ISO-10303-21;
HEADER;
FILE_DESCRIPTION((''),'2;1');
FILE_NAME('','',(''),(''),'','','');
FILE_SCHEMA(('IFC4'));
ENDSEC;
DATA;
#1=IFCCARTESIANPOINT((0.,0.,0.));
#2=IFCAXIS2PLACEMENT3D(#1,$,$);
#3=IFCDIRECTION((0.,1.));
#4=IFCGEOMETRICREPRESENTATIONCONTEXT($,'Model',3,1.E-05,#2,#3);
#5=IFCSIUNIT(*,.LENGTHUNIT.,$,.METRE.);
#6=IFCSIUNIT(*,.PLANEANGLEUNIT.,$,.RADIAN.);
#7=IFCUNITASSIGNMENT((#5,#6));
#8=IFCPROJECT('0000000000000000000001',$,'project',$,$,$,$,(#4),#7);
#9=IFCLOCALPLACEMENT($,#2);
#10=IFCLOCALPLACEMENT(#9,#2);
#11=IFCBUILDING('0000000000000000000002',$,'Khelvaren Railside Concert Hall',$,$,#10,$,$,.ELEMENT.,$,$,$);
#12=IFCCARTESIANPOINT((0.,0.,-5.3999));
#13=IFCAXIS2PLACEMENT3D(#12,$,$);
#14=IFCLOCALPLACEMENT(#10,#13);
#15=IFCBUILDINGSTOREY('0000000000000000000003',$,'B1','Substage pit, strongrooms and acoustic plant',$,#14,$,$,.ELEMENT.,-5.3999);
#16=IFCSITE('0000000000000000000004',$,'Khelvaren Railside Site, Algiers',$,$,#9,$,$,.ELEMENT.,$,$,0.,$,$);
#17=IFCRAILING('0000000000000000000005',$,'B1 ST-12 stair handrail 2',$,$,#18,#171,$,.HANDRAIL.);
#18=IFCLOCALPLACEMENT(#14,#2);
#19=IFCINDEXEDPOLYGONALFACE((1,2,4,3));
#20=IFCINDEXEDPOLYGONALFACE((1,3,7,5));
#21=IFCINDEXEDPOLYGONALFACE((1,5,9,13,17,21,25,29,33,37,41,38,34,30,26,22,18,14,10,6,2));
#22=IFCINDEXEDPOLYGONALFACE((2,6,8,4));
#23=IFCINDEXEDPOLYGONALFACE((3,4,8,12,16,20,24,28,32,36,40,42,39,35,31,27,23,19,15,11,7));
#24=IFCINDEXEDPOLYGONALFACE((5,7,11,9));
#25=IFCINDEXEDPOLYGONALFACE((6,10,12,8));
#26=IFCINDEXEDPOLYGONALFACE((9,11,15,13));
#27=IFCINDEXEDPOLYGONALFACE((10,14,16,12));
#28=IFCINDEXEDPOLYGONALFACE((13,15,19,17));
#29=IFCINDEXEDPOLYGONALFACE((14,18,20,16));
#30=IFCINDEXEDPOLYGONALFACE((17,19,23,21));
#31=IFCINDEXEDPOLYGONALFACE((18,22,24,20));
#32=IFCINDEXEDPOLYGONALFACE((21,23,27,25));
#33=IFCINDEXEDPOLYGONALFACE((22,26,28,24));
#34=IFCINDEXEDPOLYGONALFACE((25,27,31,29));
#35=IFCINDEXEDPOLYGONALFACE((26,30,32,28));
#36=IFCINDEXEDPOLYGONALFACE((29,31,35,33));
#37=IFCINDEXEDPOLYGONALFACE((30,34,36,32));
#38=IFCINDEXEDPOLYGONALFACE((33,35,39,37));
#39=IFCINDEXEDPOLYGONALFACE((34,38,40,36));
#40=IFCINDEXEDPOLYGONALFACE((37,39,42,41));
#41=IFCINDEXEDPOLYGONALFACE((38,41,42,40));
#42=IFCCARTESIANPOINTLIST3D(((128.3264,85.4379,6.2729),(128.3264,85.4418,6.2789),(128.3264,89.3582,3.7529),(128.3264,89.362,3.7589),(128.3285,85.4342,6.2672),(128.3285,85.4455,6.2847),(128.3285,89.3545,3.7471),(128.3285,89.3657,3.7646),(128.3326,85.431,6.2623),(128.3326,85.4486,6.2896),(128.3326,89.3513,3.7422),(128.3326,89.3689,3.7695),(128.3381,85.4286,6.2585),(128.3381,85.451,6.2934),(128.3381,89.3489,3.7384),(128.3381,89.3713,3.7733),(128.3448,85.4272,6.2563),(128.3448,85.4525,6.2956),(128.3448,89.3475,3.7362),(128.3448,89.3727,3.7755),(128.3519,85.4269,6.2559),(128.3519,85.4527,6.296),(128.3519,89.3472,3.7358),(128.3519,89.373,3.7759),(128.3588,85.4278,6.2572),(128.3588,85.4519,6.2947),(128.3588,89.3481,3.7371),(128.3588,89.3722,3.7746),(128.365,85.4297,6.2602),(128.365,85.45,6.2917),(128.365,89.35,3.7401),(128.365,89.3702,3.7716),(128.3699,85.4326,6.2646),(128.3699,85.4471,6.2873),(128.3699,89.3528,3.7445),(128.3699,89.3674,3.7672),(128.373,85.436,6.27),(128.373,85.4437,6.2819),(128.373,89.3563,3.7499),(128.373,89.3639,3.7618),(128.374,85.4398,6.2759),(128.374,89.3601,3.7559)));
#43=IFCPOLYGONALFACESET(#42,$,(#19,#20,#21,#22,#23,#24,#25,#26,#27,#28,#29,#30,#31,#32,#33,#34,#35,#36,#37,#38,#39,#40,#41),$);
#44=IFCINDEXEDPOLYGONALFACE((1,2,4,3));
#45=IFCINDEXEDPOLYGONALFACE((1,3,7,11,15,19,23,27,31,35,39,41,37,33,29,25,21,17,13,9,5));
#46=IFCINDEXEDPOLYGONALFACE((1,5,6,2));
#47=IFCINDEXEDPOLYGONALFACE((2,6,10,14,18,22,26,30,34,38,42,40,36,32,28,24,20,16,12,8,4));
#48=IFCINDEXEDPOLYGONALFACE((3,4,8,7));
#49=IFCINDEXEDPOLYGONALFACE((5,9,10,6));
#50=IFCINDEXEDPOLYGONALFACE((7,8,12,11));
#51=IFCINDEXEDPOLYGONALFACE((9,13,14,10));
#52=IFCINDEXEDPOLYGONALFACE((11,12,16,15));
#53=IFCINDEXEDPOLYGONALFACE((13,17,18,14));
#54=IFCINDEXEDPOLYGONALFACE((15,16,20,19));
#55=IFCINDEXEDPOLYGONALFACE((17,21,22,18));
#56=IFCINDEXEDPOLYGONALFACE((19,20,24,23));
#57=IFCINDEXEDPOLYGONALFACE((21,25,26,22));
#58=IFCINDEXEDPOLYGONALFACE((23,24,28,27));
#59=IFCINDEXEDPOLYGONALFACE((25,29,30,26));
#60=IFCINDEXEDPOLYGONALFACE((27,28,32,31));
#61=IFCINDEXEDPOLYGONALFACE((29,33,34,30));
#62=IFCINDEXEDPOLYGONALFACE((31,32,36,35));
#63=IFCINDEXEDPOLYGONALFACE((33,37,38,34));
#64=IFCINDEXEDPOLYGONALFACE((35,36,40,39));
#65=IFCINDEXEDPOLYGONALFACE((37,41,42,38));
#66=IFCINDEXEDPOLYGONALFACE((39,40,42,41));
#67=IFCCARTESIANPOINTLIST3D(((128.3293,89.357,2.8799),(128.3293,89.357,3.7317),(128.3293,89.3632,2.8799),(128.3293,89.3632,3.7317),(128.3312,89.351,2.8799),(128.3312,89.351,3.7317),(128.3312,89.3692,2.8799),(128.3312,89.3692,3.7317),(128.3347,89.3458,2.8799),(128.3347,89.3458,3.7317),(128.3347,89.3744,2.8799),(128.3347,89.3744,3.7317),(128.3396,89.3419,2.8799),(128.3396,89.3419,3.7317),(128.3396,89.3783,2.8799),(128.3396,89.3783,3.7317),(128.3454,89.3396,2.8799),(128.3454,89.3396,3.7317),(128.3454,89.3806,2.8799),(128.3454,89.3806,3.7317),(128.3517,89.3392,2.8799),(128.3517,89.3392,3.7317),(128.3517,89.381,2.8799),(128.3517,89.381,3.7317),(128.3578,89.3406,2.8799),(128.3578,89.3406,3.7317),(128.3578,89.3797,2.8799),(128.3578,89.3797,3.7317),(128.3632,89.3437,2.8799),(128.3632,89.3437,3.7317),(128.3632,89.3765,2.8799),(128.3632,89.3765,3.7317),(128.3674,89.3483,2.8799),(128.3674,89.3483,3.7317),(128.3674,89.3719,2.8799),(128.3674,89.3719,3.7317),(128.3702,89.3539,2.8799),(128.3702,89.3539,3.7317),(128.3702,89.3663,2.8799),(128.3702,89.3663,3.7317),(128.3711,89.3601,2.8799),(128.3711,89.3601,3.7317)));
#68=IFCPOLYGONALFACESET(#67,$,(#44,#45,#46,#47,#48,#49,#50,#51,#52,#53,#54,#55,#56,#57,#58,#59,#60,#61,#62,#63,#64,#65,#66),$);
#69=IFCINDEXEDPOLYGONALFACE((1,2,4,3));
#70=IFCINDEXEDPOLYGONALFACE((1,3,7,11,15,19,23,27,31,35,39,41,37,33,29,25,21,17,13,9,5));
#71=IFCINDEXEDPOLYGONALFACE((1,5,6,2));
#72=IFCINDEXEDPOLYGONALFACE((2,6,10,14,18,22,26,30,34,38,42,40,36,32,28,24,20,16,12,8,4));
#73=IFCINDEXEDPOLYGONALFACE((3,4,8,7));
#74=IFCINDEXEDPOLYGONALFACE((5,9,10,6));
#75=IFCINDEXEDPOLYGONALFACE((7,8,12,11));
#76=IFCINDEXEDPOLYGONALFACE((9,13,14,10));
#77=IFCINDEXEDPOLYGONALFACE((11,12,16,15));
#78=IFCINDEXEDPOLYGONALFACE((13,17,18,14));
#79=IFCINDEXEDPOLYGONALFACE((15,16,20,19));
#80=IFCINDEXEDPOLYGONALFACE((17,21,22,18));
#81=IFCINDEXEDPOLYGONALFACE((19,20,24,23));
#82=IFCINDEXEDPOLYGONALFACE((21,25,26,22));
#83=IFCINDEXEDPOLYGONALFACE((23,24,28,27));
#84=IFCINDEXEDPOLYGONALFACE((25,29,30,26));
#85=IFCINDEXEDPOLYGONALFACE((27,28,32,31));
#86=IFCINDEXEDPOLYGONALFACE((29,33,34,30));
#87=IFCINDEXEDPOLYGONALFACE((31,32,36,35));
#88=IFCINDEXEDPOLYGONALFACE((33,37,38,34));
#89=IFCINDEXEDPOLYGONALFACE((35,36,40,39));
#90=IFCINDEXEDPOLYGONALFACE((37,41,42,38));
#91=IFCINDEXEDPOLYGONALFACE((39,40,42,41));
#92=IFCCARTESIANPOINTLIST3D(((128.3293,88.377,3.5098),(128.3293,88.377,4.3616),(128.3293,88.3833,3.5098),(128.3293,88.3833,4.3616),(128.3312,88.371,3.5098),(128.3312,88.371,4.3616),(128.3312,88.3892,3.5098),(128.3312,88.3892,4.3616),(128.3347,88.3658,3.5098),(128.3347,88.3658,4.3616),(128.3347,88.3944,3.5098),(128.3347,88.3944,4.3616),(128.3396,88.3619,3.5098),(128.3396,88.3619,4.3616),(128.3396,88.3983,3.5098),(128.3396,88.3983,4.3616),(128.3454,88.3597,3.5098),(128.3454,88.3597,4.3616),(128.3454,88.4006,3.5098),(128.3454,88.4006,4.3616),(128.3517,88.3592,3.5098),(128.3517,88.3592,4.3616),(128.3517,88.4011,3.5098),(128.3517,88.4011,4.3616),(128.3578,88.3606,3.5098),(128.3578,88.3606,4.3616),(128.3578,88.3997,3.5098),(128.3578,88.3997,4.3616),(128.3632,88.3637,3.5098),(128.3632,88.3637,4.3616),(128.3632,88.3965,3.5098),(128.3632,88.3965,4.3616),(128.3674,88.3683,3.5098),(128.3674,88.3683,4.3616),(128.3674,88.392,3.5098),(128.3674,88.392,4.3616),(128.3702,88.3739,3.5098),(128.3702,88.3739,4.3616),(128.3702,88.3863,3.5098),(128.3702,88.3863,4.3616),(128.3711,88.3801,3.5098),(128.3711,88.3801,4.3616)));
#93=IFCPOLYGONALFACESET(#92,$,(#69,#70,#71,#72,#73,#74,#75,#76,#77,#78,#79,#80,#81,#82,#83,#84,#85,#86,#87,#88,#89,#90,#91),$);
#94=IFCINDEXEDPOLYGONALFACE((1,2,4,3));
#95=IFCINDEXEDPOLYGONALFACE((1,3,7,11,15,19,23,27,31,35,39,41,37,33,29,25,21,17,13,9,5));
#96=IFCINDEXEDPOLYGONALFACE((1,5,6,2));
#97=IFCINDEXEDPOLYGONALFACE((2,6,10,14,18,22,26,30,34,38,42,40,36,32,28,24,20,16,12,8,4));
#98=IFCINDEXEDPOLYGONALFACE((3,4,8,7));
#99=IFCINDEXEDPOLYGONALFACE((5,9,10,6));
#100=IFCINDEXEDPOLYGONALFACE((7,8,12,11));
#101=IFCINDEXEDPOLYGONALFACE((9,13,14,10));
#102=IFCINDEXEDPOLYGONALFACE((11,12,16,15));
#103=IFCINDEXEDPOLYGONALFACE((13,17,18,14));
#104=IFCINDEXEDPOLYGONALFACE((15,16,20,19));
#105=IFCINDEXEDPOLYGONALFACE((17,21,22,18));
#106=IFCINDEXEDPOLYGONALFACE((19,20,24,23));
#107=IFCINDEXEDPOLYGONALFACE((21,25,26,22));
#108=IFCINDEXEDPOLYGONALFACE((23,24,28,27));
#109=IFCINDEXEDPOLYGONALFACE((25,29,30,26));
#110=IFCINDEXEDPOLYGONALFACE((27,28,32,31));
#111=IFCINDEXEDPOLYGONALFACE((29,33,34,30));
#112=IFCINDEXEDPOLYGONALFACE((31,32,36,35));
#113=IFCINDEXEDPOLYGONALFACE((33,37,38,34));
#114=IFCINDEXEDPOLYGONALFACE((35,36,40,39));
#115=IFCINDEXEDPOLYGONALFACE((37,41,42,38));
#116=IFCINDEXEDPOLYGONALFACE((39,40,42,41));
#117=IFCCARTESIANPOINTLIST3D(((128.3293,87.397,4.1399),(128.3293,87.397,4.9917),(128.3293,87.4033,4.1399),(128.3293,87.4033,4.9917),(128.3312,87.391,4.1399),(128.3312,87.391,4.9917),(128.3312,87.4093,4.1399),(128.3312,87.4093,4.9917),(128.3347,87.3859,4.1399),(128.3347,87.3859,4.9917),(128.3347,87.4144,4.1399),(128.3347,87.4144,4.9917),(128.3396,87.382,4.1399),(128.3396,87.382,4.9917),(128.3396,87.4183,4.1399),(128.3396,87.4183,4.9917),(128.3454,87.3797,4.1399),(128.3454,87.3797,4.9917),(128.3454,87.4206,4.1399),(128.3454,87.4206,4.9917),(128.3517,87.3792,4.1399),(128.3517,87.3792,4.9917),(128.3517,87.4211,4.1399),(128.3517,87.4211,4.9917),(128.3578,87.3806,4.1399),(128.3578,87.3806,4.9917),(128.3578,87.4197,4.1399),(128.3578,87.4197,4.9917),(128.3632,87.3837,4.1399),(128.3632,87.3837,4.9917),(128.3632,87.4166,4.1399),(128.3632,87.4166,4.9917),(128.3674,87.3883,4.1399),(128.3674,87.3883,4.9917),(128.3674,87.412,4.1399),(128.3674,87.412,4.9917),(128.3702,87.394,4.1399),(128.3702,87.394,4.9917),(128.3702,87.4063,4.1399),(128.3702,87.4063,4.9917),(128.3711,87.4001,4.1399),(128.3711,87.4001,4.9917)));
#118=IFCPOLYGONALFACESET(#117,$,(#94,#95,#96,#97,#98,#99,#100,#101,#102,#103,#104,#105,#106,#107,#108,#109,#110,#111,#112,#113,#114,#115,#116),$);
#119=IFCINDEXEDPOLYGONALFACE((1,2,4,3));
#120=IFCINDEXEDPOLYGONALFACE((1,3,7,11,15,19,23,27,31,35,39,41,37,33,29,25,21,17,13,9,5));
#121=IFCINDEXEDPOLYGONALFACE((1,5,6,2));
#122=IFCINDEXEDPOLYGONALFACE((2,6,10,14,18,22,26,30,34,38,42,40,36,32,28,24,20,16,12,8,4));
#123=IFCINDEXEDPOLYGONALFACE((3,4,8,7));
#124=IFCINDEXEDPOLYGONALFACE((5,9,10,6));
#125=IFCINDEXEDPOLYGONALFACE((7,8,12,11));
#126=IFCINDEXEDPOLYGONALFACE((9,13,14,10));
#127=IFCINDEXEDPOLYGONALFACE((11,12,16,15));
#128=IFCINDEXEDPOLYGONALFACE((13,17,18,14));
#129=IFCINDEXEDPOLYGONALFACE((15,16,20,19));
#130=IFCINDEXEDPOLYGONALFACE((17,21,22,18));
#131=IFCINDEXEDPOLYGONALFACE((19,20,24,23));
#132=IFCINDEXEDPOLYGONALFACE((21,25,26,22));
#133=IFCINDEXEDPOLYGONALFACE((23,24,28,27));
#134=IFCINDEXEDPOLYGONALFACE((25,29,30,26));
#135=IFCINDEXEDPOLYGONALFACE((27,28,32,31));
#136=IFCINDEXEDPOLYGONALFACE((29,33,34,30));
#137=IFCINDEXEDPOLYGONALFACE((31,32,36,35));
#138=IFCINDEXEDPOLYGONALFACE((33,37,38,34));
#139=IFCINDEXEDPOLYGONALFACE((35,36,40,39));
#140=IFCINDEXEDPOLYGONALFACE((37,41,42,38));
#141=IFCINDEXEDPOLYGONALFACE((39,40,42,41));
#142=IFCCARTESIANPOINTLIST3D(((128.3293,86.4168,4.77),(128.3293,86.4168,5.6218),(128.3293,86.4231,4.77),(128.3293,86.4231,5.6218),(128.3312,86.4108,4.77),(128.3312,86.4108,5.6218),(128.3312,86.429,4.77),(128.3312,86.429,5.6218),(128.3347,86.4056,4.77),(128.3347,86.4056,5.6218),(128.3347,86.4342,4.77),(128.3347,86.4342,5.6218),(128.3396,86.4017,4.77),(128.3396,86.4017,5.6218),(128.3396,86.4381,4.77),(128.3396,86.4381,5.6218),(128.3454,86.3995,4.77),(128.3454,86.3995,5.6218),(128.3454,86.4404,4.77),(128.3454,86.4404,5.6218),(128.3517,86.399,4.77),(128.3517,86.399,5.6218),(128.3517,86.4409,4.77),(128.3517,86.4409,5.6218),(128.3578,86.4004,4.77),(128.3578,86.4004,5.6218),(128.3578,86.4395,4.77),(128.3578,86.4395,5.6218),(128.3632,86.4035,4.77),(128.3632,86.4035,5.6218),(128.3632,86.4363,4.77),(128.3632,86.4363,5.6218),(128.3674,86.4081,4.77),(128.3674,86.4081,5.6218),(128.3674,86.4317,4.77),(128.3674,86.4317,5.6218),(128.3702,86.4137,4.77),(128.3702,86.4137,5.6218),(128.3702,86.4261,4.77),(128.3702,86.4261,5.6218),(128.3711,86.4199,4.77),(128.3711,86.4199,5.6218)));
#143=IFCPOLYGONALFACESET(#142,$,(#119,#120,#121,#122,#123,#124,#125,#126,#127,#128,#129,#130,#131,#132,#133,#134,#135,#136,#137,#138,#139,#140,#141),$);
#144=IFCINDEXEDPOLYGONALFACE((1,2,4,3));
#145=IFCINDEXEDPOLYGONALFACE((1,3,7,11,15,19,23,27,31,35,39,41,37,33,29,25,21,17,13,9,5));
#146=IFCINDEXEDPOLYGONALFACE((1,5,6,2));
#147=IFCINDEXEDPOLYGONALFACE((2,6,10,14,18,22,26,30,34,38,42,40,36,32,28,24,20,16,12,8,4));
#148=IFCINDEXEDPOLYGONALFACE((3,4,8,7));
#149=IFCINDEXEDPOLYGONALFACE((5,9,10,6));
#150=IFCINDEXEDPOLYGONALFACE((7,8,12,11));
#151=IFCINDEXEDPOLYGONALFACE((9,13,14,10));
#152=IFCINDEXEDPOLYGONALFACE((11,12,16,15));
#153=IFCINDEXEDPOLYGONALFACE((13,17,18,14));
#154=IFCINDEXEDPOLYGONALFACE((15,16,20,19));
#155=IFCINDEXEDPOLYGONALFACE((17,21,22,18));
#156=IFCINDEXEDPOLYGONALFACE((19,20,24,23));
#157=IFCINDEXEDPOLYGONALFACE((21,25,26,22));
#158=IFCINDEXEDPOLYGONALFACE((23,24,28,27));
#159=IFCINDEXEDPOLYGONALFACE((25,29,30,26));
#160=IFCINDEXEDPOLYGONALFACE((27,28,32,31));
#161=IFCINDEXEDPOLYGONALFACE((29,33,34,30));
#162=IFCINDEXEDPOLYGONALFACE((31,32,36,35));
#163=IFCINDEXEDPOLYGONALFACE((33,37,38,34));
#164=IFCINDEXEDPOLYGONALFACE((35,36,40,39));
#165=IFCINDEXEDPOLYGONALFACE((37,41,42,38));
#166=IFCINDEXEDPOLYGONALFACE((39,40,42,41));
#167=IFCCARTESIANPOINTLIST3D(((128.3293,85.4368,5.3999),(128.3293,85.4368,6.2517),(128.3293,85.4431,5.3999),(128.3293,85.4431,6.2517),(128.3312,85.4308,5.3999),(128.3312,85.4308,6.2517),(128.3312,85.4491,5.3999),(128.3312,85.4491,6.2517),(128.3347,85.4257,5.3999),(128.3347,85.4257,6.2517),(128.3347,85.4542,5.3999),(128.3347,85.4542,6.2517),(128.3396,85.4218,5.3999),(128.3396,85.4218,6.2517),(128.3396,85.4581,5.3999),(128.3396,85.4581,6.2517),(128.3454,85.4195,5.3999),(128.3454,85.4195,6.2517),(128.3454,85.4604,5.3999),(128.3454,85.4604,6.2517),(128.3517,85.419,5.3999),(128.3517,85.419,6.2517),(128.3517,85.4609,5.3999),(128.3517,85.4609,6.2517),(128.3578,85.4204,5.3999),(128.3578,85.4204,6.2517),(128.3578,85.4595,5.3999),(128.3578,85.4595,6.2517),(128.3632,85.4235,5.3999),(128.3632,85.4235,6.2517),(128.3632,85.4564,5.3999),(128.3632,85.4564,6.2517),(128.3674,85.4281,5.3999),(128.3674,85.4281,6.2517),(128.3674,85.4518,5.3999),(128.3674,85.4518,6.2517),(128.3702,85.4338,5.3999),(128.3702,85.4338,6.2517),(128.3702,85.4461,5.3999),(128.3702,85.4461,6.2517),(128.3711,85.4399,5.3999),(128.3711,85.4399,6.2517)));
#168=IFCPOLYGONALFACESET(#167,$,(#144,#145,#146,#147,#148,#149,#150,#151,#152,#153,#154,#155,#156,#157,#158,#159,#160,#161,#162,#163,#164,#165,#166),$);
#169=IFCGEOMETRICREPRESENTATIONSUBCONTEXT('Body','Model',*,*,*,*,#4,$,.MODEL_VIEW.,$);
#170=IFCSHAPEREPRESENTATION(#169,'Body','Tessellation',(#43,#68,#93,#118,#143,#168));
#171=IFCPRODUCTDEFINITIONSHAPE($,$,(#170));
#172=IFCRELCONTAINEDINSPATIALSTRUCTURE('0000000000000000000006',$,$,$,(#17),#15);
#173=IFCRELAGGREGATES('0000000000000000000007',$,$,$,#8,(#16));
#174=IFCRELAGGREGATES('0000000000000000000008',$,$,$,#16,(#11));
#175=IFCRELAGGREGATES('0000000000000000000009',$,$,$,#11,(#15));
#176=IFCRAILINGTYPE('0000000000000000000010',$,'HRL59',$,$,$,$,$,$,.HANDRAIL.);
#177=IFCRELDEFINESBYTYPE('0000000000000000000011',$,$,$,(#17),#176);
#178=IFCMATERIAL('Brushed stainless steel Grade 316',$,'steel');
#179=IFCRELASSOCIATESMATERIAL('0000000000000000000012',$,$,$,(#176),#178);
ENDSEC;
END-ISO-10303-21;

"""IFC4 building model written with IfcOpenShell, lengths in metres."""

from ifc_helpers import new_model, si_unit, direction, frame, origin, origin_2d, place, context, subcontext, project, spatial, circle, extrude, material, type_object, element, save


model = new_model("IFC4")

# Units and contexts
model_context = context("Model", 3, precision=1e-05, world=origin(), true_north=direction((0.0, 1.0)))
body_context = subcontext(model_context, "Body", "Model", "MODEL_VIEW")
ifc_project = project(units=[si_unit("LENGTHUNIT", "METRE"), si_unit("PLANEANGLEUNIT", "RADIAN")], contexts=[model_context])

# Site, building, storey
site_placement = place(None, origin())
site = spatial("IfcSite", under=ifc_project, at=site_placement, Name="Khelvaren Railside Site, Algiers", CompositionType="ELEMENT", RefElevation=0.0)
building_placement = place(site_placement, origin())
building = spatial("IfcBuilding", under=site, at=building_placement, Name="Khelvaren Railside Concert Hall", CompositionType="ELEMENT")
storey_placement = place(building_placement, frame((0.0, 0.0, -5.3999)))
storey = spatial("IfcBuildingStorey", under=building, at=storey_placement, Name="B1", Description="Substage pit, strongrooms and acoustic plant", CompositionType="ELEMENT", Elevation=-5.3999)

# Railing
ifc_material_1 = material(Name="Brushed stainless steel Grade 316", Category="steel")
railing_type_1 = type_object("IfcRailingType", Name="HRL59", PredefinedType="HANDRAIL", material=ifc_material_1)
railing_1_placement = place(storey_placement, frame((128.3501, 89.3601, 2.8799)))
element("IfcRailing", 1, at=railing_1_placement, inside=storey, type_object=railing_type_1, Name="B1 ST-12 stair handrail 2", PredefinedType="HANDRAIL", context=body_context, shape_type="SweptSolid", body=[
    extrude(circle(Radius=0.0239, at=origin_2d()), frame((0.0, 0.0, 0.876), z_axis=(0.0, -0.841187, 0.540744), x_axis=(1.0, 0.0, 0.0)), (0.0, 0.0, 1.0), 4.6604),
    extrude(circle(Radius=0.021, at=origin_2d()), origin(), (0.0, 0.0, 1.0), 0.8518),
    extrude(circle(Radius=0.021, at=origin_2d()), frame((0.0, -0.98, 0.6299)), (0.0, 0.0, 1.0), 0.8518),
    extrude(circle(Radius=0.021, at=origin_2d()), frame((0.0, -1.96, 1.26)), (0.0, 0.0, 1.0), 0.8518),
    extrude(circle(Radius=0.021, at=origin_2d()), frame((0.0, -2.9402, 1.8901)), (0.0, 0.0, 1.0), 0.8518),
    extrude(circle(Radius=0.021, at=origin_2d()), frame((0.0, -3.9202, 2.52)), (0.0, 0.0, 1.0), 0.8518),
])

save(model, "model.ifc")
